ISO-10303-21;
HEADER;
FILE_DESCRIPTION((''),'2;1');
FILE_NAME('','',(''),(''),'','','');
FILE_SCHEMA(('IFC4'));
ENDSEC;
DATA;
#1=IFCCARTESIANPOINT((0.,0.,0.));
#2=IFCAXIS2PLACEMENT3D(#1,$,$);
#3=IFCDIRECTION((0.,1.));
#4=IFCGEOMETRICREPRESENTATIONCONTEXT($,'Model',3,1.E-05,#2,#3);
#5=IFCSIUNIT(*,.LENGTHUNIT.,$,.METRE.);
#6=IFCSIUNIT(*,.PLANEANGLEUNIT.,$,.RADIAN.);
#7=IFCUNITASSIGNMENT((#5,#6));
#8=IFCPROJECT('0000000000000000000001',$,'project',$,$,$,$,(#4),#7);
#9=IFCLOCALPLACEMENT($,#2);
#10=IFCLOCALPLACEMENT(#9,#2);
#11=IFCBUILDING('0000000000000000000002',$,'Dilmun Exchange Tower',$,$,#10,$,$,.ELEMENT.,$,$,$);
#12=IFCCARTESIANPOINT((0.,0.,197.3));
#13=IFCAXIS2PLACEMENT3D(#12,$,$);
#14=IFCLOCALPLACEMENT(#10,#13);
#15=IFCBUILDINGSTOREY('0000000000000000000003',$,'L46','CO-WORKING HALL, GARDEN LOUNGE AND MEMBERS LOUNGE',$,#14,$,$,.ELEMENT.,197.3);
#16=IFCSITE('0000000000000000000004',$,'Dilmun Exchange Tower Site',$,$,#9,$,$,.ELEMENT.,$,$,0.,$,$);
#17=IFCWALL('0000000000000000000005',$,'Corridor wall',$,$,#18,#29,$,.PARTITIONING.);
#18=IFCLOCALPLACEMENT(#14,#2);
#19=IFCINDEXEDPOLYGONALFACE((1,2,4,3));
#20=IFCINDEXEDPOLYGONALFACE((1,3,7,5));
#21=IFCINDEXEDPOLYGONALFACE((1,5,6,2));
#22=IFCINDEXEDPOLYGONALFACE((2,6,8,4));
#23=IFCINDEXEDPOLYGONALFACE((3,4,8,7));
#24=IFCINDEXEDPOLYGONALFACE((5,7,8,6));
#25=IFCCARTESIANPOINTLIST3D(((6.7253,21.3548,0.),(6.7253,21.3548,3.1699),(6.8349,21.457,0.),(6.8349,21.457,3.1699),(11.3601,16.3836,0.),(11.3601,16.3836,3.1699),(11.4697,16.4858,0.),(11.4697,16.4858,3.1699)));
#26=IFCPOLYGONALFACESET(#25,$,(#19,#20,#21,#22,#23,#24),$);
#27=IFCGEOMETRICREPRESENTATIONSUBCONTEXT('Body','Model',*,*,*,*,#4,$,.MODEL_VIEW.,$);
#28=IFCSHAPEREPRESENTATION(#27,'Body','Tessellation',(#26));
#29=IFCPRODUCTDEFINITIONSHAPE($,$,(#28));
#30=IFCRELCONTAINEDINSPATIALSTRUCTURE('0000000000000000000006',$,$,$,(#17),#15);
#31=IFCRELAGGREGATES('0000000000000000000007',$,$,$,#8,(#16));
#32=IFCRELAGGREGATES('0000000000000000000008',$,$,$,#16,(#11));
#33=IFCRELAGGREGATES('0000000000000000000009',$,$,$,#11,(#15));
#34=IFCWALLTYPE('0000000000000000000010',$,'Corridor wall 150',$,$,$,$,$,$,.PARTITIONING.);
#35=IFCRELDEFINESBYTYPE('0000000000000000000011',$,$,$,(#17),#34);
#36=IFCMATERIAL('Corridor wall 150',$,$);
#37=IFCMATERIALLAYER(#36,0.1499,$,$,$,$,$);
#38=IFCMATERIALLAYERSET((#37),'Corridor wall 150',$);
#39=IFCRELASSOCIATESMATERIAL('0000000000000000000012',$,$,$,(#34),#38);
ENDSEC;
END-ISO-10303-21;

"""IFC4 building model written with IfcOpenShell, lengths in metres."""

from ifc_helpers import new_model, si_unit, direction, frame, frame_2d, origin, place, context, subcontext, project, spatial, rectangle, extrude, material, layer, layer_set, type_object, element, save


model = new_model("IFC4")

# Units and contexts
model_context = context("Model", 3, precision=1e-05, world=origin(), true_north=direction((0.0, 1.0)))
body_context = subcontext(model_context, "Body", "Model", "MODEL_VIEW")
ifc_project = project(units=[si_unit("LENGTHUNIT", "METRE"), si_unit("PLANEANGLEUNIT", "RADIAN")], contexts=[model_context])

# Site, building, storey
site_placement = place(None, origin())
site = spatial("IfcSite", under=ifc_project, at=site_placement, Name="Dilmun Exchange Tower Site", CompositionType="ELEMENT", RefElevation=0.0)
building_placement = place(site_placement, origin())
building = spatial("IfcBuilding", under=site, at=building_placement, Name="Dilmun Exchange Tower", CompositionType="ELEMENT")
storey_placement = place(building_placement, frame((0.0, 0.0, 197.3)))
storey = spatial("IfcBuildingStorey", under=building, at=storey_placement, Name="L46", Description="CO-WORKING HALL, GARDEN LOUNGE AND MEMBERS LOUNGE", CompositionType="ELEMENT", Elevation=197.3)

# Wall
ifc_material_1 = material(Name="Corridor wall 150")
ifc_layer_1 = layer(ifc_material_1, 0.1499)
ifc_layer_set_1 = layer_set([ifc_layer_1], Name="Corridor wall 150")
wall_type = type_object("IfcWallType", Name="Corridor wall 150", PredefinedType="PARTITIONING", material=ifc_layer_set_1)
wall_1_placement = place(storey_placement, frame((6.78, 21.406, 0.0), z_axis=(0.0, 0.0, 1.0), x_axis=(0.681924, -0.731423, 0.0)))
element("IfcWall", 1, at=wall_1_placement, inside=storey, type_object=wall_type, Name="Corridor wall", PredefinedType="PARTITIONING", context=body_context, shape_type="SweptSolid", body=[
    extrude(rectangle(XDim=6.7966, YDim=0.1499, at=frame_2d((3.3984, 0.0))), origin(), (0.0, 0.0, 1.0), 3.1699),
])

save(model, "model.ifc")
